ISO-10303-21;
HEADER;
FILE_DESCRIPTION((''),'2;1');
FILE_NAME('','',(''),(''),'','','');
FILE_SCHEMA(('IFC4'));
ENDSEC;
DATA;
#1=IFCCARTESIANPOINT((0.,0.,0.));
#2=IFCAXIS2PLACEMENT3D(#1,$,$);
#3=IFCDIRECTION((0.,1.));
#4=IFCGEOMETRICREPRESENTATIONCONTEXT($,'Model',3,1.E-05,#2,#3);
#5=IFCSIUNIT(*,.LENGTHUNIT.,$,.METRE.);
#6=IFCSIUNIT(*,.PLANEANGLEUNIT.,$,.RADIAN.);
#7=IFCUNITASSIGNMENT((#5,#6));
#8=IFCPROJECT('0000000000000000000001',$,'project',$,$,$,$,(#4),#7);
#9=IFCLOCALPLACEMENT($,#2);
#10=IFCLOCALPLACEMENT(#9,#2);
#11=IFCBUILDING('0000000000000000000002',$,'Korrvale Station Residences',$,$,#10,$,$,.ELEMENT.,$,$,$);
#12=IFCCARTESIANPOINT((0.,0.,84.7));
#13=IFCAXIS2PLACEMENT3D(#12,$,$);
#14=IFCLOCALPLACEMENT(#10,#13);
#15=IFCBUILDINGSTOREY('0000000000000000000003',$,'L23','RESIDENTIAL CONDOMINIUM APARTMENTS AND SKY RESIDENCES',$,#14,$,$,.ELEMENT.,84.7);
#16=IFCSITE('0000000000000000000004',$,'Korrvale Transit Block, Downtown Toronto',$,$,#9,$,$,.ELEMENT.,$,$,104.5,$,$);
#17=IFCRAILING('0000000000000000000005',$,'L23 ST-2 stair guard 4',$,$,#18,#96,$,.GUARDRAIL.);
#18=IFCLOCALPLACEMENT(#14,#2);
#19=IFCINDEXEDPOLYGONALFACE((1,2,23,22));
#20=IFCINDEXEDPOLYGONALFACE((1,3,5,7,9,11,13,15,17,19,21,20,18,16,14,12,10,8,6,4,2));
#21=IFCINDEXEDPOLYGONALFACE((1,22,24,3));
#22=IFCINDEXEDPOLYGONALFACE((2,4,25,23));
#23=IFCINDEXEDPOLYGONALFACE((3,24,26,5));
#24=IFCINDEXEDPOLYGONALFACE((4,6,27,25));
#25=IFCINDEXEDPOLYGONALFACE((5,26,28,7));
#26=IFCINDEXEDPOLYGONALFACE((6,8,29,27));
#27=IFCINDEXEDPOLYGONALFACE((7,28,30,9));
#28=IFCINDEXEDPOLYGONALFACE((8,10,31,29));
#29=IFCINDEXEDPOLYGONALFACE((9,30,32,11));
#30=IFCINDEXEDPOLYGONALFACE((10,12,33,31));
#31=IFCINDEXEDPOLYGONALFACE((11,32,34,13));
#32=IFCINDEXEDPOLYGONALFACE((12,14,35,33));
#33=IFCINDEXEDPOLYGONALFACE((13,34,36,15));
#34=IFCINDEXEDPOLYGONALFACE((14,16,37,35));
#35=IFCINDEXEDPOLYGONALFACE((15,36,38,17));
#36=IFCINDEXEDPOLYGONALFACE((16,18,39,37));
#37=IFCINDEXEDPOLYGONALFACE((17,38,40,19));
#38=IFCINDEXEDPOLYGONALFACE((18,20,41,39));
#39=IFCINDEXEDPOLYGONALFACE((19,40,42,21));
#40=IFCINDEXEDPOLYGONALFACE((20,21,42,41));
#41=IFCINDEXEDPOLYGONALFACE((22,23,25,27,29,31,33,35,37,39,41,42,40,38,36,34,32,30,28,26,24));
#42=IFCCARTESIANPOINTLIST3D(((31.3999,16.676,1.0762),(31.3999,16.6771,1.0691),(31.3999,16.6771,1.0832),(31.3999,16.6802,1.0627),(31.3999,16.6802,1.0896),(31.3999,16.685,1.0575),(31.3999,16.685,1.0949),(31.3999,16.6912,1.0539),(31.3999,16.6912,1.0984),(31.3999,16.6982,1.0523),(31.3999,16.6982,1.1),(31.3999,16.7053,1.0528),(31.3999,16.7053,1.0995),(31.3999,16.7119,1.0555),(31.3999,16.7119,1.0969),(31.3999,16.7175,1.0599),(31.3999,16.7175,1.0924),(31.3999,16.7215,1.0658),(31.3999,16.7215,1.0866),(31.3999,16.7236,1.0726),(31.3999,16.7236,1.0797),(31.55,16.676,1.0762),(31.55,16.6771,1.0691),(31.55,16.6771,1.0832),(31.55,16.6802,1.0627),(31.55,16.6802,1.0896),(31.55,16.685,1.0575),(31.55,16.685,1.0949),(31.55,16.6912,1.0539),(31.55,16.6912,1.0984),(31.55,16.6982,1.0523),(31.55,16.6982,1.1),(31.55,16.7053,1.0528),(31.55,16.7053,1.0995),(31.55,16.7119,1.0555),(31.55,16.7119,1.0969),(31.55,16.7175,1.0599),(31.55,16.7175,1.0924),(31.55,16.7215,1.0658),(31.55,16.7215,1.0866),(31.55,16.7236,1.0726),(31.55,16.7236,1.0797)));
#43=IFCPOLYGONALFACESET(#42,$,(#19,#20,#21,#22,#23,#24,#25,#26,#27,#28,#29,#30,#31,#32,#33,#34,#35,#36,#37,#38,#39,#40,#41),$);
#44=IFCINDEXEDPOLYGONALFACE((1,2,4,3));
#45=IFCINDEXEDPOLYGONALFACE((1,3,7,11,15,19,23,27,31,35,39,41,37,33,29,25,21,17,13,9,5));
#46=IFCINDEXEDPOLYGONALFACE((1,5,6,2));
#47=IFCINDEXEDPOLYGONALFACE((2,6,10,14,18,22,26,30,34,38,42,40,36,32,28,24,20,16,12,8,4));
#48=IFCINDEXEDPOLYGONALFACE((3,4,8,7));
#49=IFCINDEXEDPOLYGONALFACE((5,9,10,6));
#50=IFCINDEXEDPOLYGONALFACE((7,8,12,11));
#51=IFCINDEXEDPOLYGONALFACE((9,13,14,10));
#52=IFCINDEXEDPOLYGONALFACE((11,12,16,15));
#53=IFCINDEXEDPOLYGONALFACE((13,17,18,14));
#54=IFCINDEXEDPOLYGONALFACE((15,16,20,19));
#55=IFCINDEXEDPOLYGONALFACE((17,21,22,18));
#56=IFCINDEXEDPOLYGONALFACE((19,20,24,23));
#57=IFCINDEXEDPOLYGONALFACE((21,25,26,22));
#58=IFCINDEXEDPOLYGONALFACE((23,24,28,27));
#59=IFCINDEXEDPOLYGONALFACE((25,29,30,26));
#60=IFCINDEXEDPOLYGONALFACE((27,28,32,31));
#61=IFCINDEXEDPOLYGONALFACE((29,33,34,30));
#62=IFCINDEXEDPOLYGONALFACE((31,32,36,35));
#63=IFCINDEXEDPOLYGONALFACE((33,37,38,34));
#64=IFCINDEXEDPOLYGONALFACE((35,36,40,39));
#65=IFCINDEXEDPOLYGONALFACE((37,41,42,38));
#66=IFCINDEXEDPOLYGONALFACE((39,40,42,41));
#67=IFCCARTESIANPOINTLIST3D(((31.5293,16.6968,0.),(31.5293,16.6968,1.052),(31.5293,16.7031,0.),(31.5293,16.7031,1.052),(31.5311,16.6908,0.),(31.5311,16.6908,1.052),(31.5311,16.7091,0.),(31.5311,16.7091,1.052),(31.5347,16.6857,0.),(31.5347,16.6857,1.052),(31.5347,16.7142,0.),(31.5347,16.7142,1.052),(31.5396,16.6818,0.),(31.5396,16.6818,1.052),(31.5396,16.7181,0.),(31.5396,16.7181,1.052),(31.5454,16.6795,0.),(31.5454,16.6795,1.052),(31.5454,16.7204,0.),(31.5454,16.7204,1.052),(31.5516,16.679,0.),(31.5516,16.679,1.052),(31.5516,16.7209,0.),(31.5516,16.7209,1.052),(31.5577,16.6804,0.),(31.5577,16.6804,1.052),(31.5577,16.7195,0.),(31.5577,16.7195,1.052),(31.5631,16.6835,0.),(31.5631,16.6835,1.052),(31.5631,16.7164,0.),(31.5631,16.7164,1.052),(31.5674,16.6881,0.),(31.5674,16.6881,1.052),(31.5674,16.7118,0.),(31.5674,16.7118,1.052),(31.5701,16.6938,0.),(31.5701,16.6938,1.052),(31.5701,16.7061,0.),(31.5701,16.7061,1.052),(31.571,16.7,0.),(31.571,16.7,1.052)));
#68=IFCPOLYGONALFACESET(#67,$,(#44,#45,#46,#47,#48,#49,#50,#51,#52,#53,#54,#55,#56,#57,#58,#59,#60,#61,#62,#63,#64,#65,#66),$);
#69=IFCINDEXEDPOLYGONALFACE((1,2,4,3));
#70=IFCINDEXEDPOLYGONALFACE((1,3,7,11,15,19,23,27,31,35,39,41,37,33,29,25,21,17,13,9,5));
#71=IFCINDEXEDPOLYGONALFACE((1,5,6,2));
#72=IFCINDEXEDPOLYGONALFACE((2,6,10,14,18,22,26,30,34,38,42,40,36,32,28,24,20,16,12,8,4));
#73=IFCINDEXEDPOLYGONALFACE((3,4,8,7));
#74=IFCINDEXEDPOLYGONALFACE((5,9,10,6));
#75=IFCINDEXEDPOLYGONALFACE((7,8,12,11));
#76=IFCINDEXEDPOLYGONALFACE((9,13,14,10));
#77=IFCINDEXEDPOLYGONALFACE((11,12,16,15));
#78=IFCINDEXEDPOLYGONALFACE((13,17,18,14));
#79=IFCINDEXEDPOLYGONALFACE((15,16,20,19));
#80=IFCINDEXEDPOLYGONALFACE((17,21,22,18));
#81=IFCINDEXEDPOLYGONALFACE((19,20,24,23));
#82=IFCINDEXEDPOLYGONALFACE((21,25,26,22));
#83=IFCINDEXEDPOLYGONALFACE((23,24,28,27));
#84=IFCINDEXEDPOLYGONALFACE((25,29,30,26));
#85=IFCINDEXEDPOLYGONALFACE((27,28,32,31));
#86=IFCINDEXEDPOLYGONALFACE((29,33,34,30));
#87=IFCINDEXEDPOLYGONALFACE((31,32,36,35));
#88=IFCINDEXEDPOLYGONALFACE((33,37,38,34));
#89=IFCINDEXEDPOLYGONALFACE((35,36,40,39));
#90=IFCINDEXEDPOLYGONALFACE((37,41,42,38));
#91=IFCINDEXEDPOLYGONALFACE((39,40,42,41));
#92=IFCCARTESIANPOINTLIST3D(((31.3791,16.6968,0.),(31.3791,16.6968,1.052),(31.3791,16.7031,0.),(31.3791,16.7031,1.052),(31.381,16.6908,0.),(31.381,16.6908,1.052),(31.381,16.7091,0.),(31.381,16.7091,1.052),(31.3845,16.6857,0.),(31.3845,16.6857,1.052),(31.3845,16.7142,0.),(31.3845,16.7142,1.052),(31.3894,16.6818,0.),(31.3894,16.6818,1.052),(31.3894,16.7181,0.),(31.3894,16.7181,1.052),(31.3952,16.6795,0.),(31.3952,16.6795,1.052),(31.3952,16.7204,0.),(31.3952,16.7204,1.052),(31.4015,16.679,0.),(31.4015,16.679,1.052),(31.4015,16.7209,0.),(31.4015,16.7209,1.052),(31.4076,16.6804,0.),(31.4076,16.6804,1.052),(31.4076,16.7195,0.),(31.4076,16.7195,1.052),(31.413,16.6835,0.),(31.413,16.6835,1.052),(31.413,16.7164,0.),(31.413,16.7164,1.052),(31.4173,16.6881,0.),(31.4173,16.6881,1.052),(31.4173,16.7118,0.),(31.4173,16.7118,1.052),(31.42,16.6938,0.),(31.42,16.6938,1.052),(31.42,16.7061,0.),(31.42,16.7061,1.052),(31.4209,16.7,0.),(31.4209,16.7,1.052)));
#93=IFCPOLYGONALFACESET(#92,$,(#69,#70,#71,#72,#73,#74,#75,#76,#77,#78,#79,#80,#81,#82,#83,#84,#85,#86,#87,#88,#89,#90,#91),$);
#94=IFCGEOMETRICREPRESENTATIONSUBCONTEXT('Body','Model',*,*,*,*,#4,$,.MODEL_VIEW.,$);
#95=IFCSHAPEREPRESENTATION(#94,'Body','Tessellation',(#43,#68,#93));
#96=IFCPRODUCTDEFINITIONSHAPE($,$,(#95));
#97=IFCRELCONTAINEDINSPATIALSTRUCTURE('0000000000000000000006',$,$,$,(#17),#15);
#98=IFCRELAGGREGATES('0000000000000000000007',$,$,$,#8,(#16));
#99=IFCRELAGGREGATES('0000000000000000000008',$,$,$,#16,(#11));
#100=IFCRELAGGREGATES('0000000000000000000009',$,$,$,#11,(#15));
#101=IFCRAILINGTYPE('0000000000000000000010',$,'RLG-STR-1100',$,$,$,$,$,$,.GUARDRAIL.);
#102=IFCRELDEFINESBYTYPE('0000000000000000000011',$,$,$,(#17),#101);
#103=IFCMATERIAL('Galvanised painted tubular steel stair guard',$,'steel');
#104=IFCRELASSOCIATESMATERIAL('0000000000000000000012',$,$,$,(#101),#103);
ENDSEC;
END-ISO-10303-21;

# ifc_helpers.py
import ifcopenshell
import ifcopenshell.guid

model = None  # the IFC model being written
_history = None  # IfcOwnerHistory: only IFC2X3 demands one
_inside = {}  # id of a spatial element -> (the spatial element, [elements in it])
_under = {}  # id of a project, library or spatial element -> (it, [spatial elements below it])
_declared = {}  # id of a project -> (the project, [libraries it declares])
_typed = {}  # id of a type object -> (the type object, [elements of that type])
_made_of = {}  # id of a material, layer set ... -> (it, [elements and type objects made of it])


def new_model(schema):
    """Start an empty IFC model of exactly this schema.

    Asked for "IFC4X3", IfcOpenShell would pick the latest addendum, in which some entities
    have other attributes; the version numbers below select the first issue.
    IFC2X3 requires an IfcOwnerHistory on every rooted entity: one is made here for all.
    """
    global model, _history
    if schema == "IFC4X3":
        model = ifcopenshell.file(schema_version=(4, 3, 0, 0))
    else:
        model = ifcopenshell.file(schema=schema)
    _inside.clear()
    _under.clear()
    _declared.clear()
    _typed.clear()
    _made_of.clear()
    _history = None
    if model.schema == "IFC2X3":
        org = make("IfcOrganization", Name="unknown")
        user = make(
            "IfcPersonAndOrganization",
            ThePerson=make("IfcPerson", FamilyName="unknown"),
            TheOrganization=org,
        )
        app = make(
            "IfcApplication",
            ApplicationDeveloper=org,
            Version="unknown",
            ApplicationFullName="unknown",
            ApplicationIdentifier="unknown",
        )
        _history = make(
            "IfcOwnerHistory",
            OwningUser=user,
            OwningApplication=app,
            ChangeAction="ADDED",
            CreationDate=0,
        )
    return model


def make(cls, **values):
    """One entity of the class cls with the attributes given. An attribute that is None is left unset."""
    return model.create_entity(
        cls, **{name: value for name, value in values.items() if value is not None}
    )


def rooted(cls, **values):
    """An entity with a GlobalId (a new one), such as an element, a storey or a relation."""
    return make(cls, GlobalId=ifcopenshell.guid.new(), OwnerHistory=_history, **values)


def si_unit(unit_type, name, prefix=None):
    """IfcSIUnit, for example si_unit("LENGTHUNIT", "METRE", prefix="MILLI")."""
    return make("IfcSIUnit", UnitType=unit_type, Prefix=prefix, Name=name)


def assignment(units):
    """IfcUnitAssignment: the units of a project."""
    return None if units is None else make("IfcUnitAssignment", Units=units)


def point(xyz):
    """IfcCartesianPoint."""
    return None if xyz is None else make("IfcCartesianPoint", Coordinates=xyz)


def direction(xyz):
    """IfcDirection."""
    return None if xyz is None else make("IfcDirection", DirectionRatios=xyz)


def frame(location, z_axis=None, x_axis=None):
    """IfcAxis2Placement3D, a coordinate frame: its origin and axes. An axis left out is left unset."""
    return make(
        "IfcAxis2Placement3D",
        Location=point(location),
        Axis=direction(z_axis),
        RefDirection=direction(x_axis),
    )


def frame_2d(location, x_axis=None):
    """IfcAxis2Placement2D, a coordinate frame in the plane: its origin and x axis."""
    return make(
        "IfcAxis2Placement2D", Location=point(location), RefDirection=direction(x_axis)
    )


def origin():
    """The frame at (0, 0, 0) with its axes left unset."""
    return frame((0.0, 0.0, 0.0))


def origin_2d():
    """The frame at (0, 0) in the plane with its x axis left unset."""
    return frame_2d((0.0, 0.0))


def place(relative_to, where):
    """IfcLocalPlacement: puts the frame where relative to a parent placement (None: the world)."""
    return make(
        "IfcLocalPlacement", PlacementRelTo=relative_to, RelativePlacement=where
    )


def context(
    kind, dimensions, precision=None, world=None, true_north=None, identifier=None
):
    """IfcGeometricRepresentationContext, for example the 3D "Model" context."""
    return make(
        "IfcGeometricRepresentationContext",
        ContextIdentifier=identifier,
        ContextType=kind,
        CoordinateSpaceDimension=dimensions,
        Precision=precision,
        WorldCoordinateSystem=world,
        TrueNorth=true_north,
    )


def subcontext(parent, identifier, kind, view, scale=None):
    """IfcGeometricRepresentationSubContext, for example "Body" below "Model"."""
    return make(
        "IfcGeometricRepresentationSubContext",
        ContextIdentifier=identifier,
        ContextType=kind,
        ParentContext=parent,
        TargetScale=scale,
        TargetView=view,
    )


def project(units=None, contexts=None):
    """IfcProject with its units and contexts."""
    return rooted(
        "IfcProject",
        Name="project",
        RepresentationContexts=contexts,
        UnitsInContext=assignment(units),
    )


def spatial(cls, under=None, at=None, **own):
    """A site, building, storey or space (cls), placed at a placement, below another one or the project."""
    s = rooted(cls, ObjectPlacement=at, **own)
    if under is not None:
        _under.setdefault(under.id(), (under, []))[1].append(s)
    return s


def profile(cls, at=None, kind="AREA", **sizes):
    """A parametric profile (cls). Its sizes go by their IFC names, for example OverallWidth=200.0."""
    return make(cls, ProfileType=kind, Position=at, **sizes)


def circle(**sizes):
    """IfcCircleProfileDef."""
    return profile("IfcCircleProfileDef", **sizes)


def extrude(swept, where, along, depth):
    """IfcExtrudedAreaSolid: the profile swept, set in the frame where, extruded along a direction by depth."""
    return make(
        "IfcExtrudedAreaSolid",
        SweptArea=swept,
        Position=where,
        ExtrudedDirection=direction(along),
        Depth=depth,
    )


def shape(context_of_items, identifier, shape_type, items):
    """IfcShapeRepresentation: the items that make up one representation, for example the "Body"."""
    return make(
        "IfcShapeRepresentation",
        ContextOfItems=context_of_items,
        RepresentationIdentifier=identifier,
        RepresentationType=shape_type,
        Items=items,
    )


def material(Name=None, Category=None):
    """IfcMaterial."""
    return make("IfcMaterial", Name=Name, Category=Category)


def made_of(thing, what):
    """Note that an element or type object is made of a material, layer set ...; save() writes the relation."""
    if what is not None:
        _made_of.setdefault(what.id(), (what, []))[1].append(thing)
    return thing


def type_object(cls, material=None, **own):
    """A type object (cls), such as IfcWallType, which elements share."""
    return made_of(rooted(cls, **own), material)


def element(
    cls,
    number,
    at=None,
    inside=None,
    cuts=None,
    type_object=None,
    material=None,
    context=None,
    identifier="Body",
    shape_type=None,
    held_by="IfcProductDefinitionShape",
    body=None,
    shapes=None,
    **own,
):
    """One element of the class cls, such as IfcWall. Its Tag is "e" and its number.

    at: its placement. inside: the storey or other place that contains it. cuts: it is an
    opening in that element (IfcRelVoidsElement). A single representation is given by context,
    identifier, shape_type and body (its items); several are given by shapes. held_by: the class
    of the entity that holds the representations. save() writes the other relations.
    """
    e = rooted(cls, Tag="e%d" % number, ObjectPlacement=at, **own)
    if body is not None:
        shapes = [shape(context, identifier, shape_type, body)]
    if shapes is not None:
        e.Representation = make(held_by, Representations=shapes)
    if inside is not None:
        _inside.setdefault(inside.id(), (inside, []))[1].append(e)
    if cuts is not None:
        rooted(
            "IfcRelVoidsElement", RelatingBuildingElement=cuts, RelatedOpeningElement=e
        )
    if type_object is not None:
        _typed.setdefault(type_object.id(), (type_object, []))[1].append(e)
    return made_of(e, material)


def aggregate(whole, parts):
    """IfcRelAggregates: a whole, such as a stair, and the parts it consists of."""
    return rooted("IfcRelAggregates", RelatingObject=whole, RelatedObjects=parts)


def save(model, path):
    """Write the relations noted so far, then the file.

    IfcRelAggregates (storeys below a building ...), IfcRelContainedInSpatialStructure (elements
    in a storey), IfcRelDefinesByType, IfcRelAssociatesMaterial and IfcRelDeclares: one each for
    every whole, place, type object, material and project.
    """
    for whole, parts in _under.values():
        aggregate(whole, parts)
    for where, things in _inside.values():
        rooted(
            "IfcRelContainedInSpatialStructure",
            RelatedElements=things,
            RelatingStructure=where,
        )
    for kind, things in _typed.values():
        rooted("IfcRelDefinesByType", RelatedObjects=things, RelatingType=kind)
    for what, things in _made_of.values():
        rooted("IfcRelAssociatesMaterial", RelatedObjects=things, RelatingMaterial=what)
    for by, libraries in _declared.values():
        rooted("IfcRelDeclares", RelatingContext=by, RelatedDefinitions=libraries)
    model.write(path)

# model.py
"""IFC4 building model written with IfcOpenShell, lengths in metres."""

from ifc_helpers import new_model, si_unit, direction, frame, origin, origin_2d, place, context, subcontext, project, spatial, circle, extrude, material, type_object, element, save


model = new_model("IFC4")

# Units and contexts
model_context = context("Model", 3, precision=1e-05, world=origin(), true_north=direction((0.0, 1.0)))
body_context = subcontext(model_context, "Body", "Model", "MODEL_VIEW")
ifc_project = project(units=[si_unit("LENGTHUNIT", "METRE"), si_unit("PLANEANGLEUNIT", "RADIAN")], contexts=[model_context])

# Site, building, storey
site_placement = place(None, origin())
site = spatial("IfcSite", under=ifc_project, at=site_placement, Name="Korrvale Transit Block, Downtown Toronto", CompositionType="ELEMENT", RefElevation=104.5)
building_placement = place(site_placement, origin())
building = spatial("IfcBuilding", under=site, at=building_placement, Name="Korrvale Station Residences", CompositionType="ELEMENT")
storey_placement = place(building_placement, frame((0.0, 0.0, 84.7)))
storey = spatial("IfcBuildingStorey", under=building, at=storey_placement, Name="L23", Description="RESIDENTIAL CONDOMINIUM APARTMENTS AND SKY RESIDENCES", CompositionType="ELEMENT", Elevation=84.7)

# Railing
ifc_material_1 = material(Name="Galvanised painted tubular steel stair guard", Category="steel")
railing_type_1 = type_object("IfcRailingType", Name="RLG-STR-1100", PredefinedType="GUARDRAIL", material=ifc_material_1)
railing_1_placement = place(storey_placement, frame((31.55, 16.7, 0.0)))
element("IfcRailing", 1, at=railing_1_placement, inside=storey, type_object=railing_type_1, Name="L23 ST-2 stair guard 4", PredefinedType="GUARDRAIL", context=body_context, shape_type="SweptSolid", body=[
    extrude(circle(Radius=0.0239, at=origin_2d()), frame((0.0, 0.0, 1.0762), z_axis=(-1.0, 0.0, 0.0), x_axis=(0.0, -1.0, 0.0)), (0.0, 0.0, 1.0), 0.1501),
    extrude(circle(Radius=0.021, at=origin_2d()), origin(), (0.0, 0.0, 1.0), 1.052),
    extrude(circle(Radius=0.021, at=origin_2d()), frame((-0.1501, 0.0, 0.0)), (0.0, 0.0, 1.0), 1.052),
])

save(model, "model.ifc")
